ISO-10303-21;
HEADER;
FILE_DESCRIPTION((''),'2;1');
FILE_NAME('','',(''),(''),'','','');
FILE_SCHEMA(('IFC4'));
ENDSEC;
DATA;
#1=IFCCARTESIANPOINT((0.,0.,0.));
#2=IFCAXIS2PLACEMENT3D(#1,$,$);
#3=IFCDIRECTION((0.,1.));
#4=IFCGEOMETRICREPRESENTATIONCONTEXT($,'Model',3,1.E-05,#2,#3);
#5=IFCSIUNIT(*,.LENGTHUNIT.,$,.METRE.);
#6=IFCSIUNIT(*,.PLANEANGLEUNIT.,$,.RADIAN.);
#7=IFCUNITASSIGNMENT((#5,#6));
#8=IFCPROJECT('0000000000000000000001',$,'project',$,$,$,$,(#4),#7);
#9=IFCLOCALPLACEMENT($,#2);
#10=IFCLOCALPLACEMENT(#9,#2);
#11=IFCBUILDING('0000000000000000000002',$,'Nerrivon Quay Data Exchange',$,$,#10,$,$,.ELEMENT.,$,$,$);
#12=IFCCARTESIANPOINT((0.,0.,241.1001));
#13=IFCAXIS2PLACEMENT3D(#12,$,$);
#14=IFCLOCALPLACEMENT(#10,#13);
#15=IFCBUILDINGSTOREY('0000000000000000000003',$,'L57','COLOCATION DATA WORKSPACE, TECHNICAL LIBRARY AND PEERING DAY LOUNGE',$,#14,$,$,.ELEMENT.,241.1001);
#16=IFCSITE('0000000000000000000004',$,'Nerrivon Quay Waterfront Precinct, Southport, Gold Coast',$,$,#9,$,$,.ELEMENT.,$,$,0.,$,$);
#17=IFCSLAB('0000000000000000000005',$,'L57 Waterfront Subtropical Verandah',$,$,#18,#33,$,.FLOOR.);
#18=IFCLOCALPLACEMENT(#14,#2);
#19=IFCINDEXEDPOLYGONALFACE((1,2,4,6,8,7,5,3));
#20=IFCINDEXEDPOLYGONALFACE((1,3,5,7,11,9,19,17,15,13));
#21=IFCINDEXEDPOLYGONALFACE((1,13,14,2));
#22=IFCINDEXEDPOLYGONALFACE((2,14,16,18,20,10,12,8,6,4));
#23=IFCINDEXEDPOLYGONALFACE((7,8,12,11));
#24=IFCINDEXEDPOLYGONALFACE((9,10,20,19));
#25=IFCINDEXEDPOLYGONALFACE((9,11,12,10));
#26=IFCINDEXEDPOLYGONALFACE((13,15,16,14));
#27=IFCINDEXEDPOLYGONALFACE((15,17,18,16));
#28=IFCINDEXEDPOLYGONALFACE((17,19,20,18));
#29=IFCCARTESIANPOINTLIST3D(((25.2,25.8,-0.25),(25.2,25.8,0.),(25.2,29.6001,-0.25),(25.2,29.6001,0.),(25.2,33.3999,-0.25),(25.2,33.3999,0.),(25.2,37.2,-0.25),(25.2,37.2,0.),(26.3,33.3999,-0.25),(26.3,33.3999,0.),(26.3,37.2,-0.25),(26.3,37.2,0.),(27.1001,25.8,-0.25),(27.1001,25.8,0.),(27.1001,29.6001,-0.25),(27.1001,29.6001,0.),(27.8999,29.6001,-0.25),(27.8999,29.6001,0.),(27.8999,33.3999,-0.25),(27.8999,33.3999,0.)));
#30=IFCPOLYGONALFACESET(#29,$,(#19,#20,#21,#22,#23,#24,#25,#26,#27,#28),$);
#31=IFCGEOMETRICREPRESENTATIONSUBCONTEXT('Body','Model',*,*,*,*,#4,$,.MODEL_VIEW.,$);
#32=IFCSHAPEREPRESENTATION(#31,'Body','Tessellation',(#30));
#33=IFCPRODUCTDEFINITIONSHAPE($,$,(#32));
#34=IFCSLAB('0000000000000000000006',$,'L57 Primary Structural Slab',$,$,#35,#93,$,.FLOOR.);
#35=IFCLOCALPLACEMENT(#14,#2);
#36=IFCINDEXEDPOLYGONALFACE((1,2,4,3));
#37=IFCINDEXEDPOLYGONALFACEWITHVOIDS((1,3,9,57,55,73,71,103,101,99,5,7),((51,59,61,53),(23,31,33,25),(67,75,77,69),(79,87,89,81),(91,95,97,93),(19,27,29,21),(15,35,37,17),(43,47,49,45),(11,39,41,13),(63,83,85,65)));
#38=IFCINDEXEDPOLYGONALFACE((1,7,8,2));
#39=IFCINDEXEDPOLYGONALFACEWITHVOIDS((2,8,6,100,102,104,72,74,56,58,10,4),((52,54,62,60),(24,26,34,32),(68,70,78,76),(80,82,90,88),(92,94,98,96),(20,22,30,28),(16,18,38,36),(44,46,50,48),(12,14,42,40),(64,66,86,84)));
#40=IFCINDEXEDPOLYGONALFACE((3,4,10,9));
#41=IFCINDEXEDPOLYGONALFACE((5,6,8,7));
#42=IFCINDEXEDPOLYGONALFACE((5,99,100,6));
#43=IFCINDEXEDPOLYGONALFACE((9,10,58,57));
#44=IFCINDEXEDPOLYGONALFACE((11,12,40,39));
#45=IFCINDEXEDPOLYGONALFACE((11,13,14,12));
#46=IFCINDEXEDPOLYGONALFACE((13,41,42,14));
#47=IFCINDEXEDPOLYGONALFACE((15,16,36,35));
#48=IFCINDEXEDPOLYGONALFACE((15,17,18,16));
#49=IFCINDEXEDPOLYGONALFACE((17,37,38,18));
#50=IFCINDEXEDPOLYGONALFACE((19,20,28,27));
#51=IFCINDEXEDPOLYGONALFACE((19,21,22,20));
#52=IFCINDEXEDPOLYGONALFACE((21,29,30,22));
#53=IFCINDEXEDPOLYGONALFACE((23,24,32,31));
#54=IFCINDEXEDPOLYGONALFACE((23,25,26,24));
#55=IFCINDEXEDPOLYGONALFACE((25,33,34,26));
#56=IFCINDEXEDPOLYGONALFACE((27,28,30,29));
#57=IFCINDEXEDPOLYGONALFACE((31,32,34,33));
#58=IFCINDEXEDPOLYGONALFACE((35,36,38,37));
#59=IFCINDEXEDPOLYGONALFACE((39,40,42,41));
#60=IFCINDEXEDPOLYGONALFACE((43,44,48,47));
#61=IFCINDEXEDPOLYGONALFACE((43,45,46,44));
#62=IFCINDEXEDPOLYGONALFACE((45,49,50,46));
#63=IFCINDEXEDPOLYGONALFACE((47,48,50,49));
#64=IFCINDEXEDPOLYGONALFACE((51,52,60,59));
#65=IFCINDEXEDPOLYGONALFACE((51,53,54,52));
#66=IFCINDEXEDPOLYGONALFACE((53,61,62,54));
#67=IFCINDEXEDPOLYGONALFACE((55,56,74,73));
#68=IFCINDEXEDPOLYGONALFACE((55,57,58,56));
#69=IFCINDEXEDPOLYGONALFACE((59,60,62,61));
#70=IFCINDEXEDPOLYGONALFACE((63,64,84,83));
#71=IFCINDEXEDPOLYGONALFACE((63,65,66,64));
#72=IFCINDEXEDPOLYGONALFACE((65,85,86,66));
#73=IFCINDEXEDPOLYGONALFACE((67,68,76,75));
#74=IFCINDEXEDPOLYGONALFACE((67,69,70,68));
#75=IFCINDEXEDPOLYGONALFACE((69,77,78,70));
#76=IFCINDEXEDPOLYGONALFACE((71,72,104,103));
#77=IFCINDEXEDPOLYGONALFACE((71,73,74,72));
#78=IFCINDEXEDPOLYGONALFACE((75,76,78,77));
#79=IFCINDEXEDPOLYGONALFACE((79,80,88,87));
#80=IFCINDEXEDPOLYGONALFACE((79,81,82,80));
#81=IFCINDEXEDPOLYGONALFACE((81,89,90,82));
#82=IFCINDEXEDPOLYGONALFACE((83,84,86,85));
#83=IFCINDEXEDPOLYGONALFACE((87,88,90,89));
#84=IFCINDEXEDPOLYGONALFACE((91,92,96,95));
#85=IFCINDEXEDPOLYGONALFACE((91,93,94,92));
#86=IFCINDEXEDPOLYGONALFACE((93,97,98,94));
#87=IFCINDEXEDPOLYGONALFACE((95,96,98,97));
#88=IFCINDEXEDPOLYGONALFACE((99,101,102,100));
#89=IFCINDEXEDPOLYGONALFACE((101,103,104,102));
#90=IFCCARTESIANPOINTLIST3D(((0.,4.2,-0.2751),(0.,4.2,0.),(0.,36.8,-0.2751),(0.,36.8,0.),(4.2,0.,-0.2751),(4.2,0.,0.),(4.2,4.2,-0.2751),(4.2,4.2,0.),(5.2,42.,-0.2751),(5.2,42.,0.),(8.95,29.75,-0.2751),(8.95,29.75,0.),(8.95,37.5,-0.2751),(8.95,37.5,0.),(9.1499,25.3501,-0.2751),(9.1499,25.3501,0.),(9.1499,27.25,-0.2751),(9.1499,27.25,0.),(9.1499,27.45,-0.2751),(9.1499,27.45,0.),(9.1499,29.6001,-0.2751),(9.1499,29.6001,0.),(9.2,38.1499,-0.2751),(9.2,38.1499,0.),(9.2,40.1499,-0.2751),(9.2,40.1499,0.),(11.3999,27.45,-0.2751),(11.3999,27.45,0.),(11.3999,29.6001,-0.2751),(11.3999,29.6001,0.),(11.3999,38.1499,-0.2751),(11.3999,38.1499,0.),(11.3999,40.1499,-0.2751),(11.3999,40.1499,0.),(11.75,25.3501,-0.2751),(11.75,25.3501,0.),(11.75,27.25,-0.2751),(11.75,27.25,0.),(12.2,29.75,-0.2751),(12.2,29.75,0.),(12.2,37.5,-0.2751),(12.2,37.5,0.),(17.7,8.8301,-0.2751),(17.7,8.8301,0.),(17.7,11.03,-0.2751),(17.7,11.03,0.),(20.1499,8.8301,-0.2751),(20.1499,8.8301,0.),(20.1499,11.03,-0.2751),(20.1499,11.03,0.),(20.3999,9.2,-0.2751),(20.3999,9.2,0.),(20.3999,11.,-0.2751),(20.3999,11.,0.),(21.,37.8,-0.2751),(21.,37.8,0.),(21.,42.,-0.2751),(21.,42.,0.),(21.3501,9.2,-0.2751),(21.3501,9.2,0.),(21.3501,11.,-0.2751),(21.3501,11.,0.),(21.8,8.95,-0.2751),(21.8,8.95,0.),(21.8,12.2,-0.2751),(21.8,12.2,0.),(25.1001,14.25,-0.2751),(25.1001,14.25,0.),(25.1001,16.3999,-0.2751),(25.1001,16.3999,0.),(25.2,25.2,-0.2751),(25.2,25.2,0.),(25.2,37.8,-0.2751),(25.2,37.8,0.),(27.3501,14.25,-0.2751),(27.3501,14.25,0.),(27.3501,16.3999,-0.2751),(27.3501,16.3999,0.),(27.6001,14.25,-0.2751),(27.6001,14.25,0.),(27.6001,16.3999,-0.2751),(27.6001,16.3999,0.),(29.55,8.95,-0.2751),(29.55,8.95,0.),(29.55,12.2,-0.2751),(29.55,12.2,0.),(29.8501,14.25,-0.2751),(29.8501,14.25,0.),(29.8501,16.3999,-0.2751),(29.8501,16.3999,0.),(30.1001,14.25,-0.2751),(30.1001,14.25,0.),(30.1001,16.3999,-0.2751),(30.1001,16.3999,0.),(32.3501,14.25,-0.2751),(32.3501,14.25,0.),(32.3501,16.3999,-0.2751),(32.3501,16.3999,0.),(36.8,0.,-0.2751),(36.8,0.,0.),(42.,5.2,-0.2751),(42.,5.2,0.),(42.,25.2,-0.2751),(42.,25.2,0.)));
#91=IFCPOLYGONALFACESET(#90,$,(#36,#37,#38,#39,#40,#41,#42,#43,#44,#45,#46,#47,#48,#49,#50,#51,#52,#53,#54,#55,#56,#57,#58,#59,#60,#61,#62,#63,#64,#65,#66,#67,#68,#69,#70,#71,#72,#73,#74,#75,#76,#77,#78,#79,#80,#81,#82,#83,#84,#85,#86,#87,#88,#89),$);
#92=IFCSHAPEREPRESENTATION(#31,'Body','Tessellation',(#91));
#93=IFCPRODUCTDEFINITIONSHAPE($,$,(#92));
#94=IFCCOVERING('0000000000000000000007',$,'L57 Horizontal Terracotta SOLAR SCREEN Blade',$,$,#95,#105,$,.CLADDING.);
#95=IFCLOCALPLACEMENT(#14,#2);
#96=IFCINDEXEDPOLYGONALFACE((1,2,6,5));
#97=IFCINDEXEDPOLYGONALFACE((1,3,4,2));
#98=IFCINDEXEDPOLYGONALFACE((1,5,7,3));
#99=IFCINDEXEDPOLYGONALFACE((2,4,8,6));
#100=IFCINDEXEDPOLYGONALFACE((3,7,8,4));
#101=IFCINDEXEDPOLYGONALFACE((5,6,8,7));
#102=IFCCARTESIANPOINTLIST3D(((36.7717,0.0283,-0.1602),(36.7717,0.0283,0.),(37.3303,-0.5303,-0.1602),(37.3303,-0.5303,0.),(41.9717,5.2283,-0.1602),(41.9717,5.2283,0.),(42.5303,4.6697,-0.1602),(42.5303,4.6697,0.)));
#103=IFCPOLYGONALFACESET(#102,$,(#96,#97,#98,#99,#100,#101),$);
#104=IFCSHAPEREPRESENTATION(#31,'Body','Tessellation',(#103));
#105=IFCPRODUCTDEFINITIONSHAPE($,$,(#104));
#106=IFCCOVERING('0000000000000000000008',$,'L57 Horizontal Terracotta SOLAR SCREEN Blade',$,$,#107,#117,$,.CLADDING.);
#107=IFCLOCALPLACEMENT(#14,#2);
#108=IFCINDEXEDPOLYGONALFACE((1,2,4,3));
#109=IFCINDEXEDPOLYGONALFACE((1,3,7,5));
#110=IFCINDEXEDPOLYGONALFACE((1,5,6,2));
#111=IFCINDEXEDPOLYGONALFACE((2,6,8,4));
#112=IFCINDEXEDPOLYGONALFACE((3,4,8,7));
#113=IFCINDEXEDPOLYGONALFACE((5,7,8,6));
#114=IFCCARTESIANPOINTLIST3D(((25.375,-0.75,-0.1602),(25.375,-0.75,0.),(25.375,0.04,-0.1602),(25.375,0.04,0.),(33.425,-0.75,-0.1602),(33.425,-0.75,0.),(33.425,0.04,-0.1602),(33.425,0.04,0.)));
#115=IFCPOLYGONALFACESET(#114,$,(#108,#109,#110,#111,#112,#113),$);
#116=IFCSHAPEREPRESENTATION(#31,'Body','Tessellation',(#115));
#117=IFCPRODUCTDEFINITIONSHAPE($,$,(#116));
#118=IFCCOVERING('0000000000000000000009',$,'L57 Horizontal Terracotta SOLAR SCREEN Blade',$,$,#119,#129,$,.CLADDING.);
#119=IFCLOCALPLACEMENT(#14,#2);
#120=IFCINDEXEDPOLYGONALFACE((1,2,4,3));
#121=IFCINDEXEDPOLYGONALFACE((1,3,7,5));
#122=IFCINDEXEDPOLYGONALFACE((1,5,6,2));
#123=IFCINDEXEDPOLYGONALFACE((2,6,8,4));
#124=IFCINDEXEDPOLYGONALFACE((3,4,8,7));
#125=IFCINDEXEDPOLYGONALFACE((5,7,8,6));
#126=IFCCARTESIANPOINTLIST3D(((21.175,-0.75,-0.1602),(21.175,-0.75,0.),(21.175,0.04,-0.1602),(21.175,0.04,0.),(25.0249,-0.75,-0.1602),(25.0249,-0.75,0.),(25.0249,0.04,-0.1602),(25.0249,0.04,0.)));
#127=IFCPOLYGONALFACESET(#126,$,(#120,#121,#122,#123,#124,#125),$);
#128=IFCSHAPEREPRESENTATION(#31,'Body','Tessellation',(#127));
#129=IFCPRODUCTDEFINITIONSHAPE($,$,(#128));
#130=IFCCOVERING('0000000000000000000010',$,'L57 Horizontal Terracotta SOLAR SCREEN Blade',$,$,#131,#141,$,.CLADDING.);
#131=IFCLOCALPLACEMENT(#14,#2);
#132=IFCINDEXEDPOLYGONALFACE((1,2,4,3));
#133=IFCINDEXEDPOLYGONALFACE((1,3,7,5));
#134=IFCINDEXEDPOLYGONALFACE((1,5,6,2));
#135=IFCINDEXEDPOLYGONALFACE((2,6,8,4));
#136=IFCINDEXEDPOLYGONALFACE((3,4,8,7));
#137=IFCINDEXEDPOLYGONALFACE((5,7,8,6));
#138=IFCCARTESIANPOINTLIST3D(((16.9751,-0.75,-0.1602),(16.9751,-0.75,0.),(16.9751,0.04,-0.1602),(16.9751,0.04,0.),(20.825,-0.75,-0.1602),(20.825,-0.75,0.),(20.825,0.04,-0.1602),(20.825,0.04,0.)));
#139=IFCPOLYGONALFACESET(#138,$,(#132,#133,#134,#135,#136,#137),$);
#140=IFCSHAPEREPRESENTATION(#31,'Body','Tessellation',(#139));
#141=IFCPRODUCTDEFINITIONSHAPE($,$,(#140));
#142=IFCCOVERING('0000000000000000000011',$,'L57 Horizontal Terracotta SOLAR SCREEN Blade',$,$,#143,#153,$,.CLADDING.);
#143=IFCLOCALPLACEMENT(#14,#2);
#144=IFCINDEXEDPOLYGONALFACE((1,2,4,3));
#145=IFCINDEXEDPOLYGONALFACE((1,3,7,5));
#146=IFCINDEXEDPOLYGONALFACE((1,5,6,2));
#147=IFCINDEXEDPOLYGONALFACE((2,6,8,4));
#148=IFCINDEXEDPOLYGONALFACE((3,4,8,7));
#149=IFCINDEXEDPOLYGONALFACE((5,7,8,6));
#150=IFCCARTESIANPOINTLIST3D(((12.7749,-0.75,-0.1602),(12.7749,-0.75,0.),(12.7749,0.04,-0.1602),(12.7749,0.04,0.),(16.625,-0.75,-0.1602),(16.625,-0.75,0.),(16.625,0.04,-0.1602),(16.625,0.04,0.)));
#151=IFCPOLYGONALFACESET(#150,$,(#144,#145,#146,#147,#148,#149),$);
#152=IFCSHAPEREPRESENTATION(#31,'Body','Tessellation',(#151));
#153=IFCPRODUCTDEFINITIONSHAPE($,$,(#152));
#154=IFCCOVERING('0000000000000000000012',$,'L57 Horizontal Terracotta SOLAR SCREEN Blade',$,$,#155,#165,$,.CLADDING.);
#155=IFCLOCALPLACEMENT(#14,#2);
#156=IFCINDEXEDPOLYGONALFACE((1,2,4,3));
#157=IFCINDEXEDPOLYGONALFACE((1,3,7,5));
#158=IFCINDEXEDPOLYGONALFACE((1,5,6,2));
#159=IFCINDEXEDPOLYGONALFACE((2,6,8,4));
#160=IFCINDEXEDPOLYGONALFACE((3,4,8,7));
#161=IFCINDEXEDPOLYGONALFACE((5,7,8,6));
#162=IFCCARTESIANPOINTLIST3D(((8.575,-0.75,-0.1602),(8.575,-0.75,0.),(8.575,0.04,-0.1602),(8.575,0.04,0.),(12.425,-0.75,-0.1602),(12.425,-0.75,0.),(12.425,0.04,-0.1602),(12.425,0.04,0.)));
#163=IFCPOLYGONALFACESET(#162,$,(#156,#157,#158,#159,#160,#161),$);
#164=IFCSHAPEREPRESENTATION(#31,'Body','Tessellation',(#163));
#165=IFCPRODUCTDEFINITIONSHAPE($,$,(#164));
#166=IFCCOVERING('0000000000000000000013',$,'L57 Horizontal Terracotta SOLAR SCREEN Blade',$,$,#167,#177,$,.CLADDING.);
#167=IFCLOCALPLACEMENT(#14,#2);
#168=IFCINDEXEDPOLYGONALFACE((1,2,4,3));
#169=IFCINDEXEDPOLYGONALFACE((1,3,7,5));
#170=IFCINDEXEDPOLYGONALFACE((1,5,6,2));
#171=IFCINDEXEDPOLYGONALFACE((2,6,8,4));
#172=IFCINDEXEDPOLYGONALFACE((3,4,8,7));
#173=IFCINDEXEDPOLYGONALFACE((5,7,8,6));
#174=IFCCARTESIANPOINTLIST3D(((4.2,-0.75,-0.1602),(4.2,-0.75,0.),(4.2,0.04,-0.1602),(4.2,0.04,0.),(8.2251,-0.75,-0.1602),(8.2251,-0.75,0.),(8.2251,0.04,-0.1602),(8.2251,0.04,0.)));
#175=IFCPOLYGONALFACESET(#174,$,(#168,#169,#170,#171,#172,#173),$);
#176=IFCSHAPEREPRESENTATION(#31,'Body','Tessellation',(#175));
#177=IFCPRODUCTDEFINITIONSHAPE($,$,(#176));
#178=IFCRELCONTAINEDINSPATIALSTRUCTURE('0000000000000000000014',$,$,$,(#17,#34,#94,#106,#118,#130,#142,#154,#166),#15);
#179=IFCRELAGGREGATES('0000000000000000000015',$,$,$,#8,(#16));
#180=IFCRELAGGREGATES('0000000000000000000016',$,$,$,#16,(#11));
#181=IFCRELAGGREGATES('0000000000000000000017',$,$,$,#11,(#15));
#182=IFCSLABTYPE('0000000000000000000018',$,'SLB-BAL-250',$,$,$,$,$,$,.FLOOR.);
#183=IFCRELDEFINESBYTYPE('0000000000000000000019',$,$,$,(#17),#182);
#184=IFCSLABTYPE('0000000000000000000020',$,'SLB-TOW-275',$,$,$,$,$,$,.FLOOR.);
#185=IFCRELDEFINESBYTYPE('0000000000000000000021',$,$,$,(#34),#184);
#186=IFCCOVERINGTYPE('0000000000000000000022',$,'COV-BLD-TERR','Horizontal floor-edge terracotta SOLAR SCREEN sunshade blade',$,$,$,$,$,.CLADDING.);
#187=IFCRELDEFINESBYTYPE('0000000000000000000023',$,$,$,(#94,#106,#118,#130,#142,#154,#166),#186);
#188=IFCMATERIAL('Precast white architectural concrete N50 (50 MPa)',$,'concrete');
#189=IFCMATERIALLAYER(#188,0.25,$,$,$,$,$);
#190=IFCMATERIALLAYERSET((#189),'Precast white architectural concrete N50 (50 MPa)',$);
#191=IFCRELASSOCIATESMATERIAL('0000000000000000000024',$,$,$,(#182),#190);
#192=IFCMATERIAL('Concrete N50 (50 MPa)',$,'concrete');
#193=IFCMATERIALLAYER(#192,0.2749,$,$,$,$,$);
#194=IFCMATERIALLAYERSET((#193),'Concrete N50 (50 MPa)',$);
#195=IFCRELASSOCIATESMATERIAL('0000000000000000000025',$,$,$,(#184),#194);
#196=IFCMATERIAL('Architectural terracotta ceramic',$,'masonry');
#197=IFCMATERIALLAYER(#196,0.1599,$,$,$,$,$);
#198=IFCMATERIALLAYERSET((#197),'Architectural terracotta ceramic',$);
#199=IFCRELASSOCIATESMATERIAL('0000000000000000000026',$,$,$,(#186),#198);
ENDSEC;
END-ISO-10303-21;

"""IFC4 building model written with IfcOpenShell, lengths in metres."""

from ifc_helpers import new_model, si_unit, direction, frame, origin, place, context, subcontext, project, spatial, polyline, outline, extrude, material, layer, layer_set, type_object, element, save


model = new_model("IFC4")

# Units and contexts
model_context = context("Model", 3, precision=1e-05, world=origin(), true_north=direction((0.0, 1.0)))
body_context = subcontext(model_context, "Body", "Model", "MODEL_VIEW")
ifc_project = project(units=[si_unit("LENGTHUNIT", "METRE"), si_unit("PLANEANGLEUNIT", "RADIAN")], contexts=[model_context])

# Site, building, storey
site_placement = place(None, origin())
site = spatial("IfcSite", under=ifc_project, at=site_placement, Name="Nerrivon Quay Waterfront Precinct, Southport, Gold Coast", CompositionType="ELEMENT", RefElevation=0.0)
building_placement = place(site_placement, origin())
building = spatial("IfcBuilding", under=site, at=building_placement, Name="Nerrivon Quay Data Exchange", CompositionType="ELEMENT")
storey_placement = place(building_placement, frame((0.0, 0.0, 241.1001)))
storey = spatial("IfcBuildingStorey", under=building, at=storey_placement, Name="L57", Description="COLOCATION DATA WORKSPACE, TECHNICAL LIBRARY AND PEERING DAY LOUNGE", CompositionType="ELEMENT", Elevation=241.1001)

# Slabs
ifc_material_1 = material(Name="Precast white architectural concrete N50 (50 MPa)", Category="concrete")
ifc_layer_1 = layer(ifc_material_1, 0.25)
ifc_layer_set_1 = layer_set([ifc_layer_1], Name="Precast white architectural concrete N50 (50 MPa)")
slab_type_1 = type_object("IfcSlabType", Name="SLB-BAL-250", PredefinedType="FLOOR", material=ifc_layer_set_1)
slab_1_placement = place(storey_placement, frame((0.0, 0.0, -0.25)))
element("IfcSlab", 1, at=slab_1_placement, inside=storey, type_object=slab_type_1, Name="L57 Waterfront Subtropical Verandah", PredefinedType="FLOOR", context=body_context, shape_type="SweptSolid", body=[
    extrude(outline(polyline([(27.1001, 29.6001), (27.8999, 29.6001), (27.8999, 33.3999), (26.3, 33.3999), (26.3, 37.2), (25.2, 37.2), (25.2, 33.3999), (25.2, 29.6001), (25.2, 25.8), (27.1001, 25.8), (27.1001, 29.6001)])), origin(), (0.0, 0.0, 1.0), 0.25),
])
ifc_material_2 = material(Name="Concrete N50 (50 MPa)", Category="concrete")
ifc_layer_2 = layer(ifc_material_2, 0.2749)
ifc_layer_set_2 = layer_set([ifc_layer_2], Name="Concrete N50 (50 MPa)")
slab_type_2 = type_object("IfcSlabType", Name="SLB-TOW-275", PredefinedType="FLOOR", material=ifc_layer_set_2)
slab_2_placement = place(storey_placement, frame((0.0, 0.0, -0.2751)))
element("IfcSlab", 2, at=slab_2_placement, inside=storey, type_object=slab_type_2, Name="L57 Primary Structural Slab", PredefinedType="FLOOR", context=body_context, shape_type="SweptSolid", body=[
    extrude(outline(polyline([(42.0, 25.2), (25.2, 25.2), (25.2, 37.8), (21.0, 37.8), (21.0, 42.0), (5.2, 42.0), (0.0, 36.8), (0.0, 4.2), (4.2, 4.2), (4.2, 0.0), (36.8, 0.0), (42.0, 5.2), (42.0, 25.2)]), holes=[polyline([(8.95, 29.75), (8.95, 37.5), (12.2, 37.5), (12.2, 29.75), (8.95, 29.75)]), polyline([(21.8, 12.2), (29.55, 12.2), (29.55, 8.95), (21.8, 8.95), (21.8, 12.2)]), polyline([(30.1001, 14.25), (30.1001, 16.3999), (32.3501, 16.3999), (32.3501, 14.25), (30.1001, 14.25)]), polyline([(27.6001, 14.25), (27.6001, 16.3999), (29.8501, 16.3999), (29.8501, 14.25), (27.6001, 14.25)]), polyline([(25.1001, 14.25), (25.1001, 16.3999), (27.3501, 16.3999), (27.3501, 14.25), (25.1001, 14.25)]), polyline([(20.3999, 9.2), (20.3999, 11.0), (21.3501, 11.0), (21.3501, 9.2), (20.3999, 9.2)]), polyline([(17.7, 8.8301), (17.7, 11.03), (20.1499, 11.03), (20.1499, 8.8301), (17.7, 8.8301)]), polyline([(9.1499, 25.3501), (9.1499, 27.25), (11.75, 27.25), (11.75, 25.3501), (9.1499, 25.3501)]), polyline([(9.1499, 27.45), (9.1499, 29.6001), (11.3999, 29.6001), (11.3999, 27.45), (9.1499, 27.45)]), polyline([(9.2, 38.1499), (9.2, 40.1499), (11.3999, 40.1499), (11.3999, 38.1499), (9.2, 38.1499)])]), origin(), (0.0, 0.0, 1.0), 0.2751),
])

# Coverings
ifc_material_3 = material(Name="Architectural terracotta ceramic", Category="masonry")
ifc_layer_3 = layer(ifc_material_3, 0.1599)
ifc_layer_set_3 = layer_set([ifc_layer_3], Name="Architectural terracotta ceramic")
covering_type = type_object("IfcCoveringType", Name="COV-BLD-TERR", Description="Horizontal floor-edge terracotta SOLAR SCREEN sunshade blade", PredefinedType="CLADDING", material=ifc_layer_set_3)
covering_1_placement = place(storey_placement, frame((0.0, 0.0, -0.1602)))
element("IfcCovering", 3, at=covering_1_placement, inside=storey, type_object=covering_type, Name="L57 Horizontal Terracotta SOLAR SCREEN Blade", PredefinedType="CLADDING", context=body_context, shape_type="SweptSolid", body=[
    extrude(outline(polyline([(41.9717, 5.2283), (36.7717, 0.0283), (37.3303, -0.5303), (42.5303, 4.6697), (41.9717, 5.2283)])), origin(), (0.0, 0.0, 1.0), 0.1602),
])
covering_2_placement = place(storey_placement, frame((0.0, 0.0, -0.1602)))
element("IfcCovering", 4, at=covering_2_placement, inside=storey, type_object=covering_type, Name="L57 Horizontal Terracotta SOLAR SCREEN Blade", PredefinedType="CLADDING", context=body_context, shape_type="SweptSolid", body=[
    extrude(outline(polyline([(33.425, 0.04), (25.375, 0.04), (25.375, -0.75), (33.425, -0.75), (33.425, 0.04)])), origin(), (0.0, 0.0, 1.0), 0.1602),
])
covering_3_placement = place(storey_placement, frame((0.0, 0.0, -0.1602)))
element("IfcCovering", 5, at=covering_3_placement, inside=storey, type_object=covering_type, Name="L57 Horizontal Terracotta SOLAR SCREEN Blade", PredefinedType="CLADDING", context=body_context, shape_type="SweptSolid", body=[
    extrude(outline(polyline([(25.0249, 0.04), (21.175, 0.04), (21.175, -0.75), (25.0249, -0.75), (25.0249, 0.04)])), origin(), (0.0, 0.0, 1.0), 0.1602),
])
covering_4_placement = place(storey_placement, frame((0.0, 0.0, -0.1602)))
element("IfcCovering", 6, at=covering_4_placement, inside=storey, type_object=covering_type, Name="L57 Horizontal Terracotta SOLAR SCREEN Blade", PredefinedType="CLADDING", context=body_context, shape_type="SweptSolid", body=[
    extrude(outline(polyline([(20.825, 0.04), (16.9751, 0.04), (16.9751, -0.75), (20.825, -0.75), (20.825, 0.04)])), origin(), (0.0, 0.0, 1.0), 0.1602),
])
covering_5_placement = place(storey_placement, frame((0.0, 0.0, -0.1602)))
element("IfcCovering", 7, at=covering_5_placement, inside=storey, type_object=covering_type, Name="L57 Horizontal Terracotta SOLAR SCREEN Blade", PredefinedType="CLADDING", context=body_context, shape_type="SweptSolid", body=[
    extrude(outline(polyline([(16.625, 0.04), (12.7749, 0.04), (12.7749, -0.75), (16.625, -0.75), (16.625, 0.04)])), origin(), (0.0, 0.0, 1.0), 0.1602),
])
covering_6_placement = place(storey_placement, frame((0.0, 0.0, -0.1602)))
element("IfcCovering", 8, at=covering_6_placement, inside=storey, type_object=covering_type, Name="L57 Horizontal Terracotta SOLAR SCREEN Blade", PredefinedType="CLADDING", context=body_context, shape_type="SweptSolid", body=[
    extrude(outline(polyline([(12.425, 0.04), (8.575, 0.04), (8.575, -0.75), (12.425, -0.75), (12.425, 0.04)])), origin(), (0.0, 0.0, 1.0), 0.1602),
])
covering_7_placement = place(storey_placement, frame((0.0, 0.0, -0.1602)))
element("IfcCovering", 9, at=covering_7_placement, inside=storey, type_object=covering_type, Name="L57 Horizontal Terracotta SOLAR SCREEN Blade", PredefinedType="CLADDING", context=body_context, shape_type="SweptSolid", body=[
    extrude(outline(polyline([(8.2251, 0.04), (4.2, 0.04), (4.2, -0.75), (8.2251, -0.75), (8.2251, 0.04)])), origin(), (0.0, 0.0, 1.0), 0.1602),
])

save(model, "model.ifc")
